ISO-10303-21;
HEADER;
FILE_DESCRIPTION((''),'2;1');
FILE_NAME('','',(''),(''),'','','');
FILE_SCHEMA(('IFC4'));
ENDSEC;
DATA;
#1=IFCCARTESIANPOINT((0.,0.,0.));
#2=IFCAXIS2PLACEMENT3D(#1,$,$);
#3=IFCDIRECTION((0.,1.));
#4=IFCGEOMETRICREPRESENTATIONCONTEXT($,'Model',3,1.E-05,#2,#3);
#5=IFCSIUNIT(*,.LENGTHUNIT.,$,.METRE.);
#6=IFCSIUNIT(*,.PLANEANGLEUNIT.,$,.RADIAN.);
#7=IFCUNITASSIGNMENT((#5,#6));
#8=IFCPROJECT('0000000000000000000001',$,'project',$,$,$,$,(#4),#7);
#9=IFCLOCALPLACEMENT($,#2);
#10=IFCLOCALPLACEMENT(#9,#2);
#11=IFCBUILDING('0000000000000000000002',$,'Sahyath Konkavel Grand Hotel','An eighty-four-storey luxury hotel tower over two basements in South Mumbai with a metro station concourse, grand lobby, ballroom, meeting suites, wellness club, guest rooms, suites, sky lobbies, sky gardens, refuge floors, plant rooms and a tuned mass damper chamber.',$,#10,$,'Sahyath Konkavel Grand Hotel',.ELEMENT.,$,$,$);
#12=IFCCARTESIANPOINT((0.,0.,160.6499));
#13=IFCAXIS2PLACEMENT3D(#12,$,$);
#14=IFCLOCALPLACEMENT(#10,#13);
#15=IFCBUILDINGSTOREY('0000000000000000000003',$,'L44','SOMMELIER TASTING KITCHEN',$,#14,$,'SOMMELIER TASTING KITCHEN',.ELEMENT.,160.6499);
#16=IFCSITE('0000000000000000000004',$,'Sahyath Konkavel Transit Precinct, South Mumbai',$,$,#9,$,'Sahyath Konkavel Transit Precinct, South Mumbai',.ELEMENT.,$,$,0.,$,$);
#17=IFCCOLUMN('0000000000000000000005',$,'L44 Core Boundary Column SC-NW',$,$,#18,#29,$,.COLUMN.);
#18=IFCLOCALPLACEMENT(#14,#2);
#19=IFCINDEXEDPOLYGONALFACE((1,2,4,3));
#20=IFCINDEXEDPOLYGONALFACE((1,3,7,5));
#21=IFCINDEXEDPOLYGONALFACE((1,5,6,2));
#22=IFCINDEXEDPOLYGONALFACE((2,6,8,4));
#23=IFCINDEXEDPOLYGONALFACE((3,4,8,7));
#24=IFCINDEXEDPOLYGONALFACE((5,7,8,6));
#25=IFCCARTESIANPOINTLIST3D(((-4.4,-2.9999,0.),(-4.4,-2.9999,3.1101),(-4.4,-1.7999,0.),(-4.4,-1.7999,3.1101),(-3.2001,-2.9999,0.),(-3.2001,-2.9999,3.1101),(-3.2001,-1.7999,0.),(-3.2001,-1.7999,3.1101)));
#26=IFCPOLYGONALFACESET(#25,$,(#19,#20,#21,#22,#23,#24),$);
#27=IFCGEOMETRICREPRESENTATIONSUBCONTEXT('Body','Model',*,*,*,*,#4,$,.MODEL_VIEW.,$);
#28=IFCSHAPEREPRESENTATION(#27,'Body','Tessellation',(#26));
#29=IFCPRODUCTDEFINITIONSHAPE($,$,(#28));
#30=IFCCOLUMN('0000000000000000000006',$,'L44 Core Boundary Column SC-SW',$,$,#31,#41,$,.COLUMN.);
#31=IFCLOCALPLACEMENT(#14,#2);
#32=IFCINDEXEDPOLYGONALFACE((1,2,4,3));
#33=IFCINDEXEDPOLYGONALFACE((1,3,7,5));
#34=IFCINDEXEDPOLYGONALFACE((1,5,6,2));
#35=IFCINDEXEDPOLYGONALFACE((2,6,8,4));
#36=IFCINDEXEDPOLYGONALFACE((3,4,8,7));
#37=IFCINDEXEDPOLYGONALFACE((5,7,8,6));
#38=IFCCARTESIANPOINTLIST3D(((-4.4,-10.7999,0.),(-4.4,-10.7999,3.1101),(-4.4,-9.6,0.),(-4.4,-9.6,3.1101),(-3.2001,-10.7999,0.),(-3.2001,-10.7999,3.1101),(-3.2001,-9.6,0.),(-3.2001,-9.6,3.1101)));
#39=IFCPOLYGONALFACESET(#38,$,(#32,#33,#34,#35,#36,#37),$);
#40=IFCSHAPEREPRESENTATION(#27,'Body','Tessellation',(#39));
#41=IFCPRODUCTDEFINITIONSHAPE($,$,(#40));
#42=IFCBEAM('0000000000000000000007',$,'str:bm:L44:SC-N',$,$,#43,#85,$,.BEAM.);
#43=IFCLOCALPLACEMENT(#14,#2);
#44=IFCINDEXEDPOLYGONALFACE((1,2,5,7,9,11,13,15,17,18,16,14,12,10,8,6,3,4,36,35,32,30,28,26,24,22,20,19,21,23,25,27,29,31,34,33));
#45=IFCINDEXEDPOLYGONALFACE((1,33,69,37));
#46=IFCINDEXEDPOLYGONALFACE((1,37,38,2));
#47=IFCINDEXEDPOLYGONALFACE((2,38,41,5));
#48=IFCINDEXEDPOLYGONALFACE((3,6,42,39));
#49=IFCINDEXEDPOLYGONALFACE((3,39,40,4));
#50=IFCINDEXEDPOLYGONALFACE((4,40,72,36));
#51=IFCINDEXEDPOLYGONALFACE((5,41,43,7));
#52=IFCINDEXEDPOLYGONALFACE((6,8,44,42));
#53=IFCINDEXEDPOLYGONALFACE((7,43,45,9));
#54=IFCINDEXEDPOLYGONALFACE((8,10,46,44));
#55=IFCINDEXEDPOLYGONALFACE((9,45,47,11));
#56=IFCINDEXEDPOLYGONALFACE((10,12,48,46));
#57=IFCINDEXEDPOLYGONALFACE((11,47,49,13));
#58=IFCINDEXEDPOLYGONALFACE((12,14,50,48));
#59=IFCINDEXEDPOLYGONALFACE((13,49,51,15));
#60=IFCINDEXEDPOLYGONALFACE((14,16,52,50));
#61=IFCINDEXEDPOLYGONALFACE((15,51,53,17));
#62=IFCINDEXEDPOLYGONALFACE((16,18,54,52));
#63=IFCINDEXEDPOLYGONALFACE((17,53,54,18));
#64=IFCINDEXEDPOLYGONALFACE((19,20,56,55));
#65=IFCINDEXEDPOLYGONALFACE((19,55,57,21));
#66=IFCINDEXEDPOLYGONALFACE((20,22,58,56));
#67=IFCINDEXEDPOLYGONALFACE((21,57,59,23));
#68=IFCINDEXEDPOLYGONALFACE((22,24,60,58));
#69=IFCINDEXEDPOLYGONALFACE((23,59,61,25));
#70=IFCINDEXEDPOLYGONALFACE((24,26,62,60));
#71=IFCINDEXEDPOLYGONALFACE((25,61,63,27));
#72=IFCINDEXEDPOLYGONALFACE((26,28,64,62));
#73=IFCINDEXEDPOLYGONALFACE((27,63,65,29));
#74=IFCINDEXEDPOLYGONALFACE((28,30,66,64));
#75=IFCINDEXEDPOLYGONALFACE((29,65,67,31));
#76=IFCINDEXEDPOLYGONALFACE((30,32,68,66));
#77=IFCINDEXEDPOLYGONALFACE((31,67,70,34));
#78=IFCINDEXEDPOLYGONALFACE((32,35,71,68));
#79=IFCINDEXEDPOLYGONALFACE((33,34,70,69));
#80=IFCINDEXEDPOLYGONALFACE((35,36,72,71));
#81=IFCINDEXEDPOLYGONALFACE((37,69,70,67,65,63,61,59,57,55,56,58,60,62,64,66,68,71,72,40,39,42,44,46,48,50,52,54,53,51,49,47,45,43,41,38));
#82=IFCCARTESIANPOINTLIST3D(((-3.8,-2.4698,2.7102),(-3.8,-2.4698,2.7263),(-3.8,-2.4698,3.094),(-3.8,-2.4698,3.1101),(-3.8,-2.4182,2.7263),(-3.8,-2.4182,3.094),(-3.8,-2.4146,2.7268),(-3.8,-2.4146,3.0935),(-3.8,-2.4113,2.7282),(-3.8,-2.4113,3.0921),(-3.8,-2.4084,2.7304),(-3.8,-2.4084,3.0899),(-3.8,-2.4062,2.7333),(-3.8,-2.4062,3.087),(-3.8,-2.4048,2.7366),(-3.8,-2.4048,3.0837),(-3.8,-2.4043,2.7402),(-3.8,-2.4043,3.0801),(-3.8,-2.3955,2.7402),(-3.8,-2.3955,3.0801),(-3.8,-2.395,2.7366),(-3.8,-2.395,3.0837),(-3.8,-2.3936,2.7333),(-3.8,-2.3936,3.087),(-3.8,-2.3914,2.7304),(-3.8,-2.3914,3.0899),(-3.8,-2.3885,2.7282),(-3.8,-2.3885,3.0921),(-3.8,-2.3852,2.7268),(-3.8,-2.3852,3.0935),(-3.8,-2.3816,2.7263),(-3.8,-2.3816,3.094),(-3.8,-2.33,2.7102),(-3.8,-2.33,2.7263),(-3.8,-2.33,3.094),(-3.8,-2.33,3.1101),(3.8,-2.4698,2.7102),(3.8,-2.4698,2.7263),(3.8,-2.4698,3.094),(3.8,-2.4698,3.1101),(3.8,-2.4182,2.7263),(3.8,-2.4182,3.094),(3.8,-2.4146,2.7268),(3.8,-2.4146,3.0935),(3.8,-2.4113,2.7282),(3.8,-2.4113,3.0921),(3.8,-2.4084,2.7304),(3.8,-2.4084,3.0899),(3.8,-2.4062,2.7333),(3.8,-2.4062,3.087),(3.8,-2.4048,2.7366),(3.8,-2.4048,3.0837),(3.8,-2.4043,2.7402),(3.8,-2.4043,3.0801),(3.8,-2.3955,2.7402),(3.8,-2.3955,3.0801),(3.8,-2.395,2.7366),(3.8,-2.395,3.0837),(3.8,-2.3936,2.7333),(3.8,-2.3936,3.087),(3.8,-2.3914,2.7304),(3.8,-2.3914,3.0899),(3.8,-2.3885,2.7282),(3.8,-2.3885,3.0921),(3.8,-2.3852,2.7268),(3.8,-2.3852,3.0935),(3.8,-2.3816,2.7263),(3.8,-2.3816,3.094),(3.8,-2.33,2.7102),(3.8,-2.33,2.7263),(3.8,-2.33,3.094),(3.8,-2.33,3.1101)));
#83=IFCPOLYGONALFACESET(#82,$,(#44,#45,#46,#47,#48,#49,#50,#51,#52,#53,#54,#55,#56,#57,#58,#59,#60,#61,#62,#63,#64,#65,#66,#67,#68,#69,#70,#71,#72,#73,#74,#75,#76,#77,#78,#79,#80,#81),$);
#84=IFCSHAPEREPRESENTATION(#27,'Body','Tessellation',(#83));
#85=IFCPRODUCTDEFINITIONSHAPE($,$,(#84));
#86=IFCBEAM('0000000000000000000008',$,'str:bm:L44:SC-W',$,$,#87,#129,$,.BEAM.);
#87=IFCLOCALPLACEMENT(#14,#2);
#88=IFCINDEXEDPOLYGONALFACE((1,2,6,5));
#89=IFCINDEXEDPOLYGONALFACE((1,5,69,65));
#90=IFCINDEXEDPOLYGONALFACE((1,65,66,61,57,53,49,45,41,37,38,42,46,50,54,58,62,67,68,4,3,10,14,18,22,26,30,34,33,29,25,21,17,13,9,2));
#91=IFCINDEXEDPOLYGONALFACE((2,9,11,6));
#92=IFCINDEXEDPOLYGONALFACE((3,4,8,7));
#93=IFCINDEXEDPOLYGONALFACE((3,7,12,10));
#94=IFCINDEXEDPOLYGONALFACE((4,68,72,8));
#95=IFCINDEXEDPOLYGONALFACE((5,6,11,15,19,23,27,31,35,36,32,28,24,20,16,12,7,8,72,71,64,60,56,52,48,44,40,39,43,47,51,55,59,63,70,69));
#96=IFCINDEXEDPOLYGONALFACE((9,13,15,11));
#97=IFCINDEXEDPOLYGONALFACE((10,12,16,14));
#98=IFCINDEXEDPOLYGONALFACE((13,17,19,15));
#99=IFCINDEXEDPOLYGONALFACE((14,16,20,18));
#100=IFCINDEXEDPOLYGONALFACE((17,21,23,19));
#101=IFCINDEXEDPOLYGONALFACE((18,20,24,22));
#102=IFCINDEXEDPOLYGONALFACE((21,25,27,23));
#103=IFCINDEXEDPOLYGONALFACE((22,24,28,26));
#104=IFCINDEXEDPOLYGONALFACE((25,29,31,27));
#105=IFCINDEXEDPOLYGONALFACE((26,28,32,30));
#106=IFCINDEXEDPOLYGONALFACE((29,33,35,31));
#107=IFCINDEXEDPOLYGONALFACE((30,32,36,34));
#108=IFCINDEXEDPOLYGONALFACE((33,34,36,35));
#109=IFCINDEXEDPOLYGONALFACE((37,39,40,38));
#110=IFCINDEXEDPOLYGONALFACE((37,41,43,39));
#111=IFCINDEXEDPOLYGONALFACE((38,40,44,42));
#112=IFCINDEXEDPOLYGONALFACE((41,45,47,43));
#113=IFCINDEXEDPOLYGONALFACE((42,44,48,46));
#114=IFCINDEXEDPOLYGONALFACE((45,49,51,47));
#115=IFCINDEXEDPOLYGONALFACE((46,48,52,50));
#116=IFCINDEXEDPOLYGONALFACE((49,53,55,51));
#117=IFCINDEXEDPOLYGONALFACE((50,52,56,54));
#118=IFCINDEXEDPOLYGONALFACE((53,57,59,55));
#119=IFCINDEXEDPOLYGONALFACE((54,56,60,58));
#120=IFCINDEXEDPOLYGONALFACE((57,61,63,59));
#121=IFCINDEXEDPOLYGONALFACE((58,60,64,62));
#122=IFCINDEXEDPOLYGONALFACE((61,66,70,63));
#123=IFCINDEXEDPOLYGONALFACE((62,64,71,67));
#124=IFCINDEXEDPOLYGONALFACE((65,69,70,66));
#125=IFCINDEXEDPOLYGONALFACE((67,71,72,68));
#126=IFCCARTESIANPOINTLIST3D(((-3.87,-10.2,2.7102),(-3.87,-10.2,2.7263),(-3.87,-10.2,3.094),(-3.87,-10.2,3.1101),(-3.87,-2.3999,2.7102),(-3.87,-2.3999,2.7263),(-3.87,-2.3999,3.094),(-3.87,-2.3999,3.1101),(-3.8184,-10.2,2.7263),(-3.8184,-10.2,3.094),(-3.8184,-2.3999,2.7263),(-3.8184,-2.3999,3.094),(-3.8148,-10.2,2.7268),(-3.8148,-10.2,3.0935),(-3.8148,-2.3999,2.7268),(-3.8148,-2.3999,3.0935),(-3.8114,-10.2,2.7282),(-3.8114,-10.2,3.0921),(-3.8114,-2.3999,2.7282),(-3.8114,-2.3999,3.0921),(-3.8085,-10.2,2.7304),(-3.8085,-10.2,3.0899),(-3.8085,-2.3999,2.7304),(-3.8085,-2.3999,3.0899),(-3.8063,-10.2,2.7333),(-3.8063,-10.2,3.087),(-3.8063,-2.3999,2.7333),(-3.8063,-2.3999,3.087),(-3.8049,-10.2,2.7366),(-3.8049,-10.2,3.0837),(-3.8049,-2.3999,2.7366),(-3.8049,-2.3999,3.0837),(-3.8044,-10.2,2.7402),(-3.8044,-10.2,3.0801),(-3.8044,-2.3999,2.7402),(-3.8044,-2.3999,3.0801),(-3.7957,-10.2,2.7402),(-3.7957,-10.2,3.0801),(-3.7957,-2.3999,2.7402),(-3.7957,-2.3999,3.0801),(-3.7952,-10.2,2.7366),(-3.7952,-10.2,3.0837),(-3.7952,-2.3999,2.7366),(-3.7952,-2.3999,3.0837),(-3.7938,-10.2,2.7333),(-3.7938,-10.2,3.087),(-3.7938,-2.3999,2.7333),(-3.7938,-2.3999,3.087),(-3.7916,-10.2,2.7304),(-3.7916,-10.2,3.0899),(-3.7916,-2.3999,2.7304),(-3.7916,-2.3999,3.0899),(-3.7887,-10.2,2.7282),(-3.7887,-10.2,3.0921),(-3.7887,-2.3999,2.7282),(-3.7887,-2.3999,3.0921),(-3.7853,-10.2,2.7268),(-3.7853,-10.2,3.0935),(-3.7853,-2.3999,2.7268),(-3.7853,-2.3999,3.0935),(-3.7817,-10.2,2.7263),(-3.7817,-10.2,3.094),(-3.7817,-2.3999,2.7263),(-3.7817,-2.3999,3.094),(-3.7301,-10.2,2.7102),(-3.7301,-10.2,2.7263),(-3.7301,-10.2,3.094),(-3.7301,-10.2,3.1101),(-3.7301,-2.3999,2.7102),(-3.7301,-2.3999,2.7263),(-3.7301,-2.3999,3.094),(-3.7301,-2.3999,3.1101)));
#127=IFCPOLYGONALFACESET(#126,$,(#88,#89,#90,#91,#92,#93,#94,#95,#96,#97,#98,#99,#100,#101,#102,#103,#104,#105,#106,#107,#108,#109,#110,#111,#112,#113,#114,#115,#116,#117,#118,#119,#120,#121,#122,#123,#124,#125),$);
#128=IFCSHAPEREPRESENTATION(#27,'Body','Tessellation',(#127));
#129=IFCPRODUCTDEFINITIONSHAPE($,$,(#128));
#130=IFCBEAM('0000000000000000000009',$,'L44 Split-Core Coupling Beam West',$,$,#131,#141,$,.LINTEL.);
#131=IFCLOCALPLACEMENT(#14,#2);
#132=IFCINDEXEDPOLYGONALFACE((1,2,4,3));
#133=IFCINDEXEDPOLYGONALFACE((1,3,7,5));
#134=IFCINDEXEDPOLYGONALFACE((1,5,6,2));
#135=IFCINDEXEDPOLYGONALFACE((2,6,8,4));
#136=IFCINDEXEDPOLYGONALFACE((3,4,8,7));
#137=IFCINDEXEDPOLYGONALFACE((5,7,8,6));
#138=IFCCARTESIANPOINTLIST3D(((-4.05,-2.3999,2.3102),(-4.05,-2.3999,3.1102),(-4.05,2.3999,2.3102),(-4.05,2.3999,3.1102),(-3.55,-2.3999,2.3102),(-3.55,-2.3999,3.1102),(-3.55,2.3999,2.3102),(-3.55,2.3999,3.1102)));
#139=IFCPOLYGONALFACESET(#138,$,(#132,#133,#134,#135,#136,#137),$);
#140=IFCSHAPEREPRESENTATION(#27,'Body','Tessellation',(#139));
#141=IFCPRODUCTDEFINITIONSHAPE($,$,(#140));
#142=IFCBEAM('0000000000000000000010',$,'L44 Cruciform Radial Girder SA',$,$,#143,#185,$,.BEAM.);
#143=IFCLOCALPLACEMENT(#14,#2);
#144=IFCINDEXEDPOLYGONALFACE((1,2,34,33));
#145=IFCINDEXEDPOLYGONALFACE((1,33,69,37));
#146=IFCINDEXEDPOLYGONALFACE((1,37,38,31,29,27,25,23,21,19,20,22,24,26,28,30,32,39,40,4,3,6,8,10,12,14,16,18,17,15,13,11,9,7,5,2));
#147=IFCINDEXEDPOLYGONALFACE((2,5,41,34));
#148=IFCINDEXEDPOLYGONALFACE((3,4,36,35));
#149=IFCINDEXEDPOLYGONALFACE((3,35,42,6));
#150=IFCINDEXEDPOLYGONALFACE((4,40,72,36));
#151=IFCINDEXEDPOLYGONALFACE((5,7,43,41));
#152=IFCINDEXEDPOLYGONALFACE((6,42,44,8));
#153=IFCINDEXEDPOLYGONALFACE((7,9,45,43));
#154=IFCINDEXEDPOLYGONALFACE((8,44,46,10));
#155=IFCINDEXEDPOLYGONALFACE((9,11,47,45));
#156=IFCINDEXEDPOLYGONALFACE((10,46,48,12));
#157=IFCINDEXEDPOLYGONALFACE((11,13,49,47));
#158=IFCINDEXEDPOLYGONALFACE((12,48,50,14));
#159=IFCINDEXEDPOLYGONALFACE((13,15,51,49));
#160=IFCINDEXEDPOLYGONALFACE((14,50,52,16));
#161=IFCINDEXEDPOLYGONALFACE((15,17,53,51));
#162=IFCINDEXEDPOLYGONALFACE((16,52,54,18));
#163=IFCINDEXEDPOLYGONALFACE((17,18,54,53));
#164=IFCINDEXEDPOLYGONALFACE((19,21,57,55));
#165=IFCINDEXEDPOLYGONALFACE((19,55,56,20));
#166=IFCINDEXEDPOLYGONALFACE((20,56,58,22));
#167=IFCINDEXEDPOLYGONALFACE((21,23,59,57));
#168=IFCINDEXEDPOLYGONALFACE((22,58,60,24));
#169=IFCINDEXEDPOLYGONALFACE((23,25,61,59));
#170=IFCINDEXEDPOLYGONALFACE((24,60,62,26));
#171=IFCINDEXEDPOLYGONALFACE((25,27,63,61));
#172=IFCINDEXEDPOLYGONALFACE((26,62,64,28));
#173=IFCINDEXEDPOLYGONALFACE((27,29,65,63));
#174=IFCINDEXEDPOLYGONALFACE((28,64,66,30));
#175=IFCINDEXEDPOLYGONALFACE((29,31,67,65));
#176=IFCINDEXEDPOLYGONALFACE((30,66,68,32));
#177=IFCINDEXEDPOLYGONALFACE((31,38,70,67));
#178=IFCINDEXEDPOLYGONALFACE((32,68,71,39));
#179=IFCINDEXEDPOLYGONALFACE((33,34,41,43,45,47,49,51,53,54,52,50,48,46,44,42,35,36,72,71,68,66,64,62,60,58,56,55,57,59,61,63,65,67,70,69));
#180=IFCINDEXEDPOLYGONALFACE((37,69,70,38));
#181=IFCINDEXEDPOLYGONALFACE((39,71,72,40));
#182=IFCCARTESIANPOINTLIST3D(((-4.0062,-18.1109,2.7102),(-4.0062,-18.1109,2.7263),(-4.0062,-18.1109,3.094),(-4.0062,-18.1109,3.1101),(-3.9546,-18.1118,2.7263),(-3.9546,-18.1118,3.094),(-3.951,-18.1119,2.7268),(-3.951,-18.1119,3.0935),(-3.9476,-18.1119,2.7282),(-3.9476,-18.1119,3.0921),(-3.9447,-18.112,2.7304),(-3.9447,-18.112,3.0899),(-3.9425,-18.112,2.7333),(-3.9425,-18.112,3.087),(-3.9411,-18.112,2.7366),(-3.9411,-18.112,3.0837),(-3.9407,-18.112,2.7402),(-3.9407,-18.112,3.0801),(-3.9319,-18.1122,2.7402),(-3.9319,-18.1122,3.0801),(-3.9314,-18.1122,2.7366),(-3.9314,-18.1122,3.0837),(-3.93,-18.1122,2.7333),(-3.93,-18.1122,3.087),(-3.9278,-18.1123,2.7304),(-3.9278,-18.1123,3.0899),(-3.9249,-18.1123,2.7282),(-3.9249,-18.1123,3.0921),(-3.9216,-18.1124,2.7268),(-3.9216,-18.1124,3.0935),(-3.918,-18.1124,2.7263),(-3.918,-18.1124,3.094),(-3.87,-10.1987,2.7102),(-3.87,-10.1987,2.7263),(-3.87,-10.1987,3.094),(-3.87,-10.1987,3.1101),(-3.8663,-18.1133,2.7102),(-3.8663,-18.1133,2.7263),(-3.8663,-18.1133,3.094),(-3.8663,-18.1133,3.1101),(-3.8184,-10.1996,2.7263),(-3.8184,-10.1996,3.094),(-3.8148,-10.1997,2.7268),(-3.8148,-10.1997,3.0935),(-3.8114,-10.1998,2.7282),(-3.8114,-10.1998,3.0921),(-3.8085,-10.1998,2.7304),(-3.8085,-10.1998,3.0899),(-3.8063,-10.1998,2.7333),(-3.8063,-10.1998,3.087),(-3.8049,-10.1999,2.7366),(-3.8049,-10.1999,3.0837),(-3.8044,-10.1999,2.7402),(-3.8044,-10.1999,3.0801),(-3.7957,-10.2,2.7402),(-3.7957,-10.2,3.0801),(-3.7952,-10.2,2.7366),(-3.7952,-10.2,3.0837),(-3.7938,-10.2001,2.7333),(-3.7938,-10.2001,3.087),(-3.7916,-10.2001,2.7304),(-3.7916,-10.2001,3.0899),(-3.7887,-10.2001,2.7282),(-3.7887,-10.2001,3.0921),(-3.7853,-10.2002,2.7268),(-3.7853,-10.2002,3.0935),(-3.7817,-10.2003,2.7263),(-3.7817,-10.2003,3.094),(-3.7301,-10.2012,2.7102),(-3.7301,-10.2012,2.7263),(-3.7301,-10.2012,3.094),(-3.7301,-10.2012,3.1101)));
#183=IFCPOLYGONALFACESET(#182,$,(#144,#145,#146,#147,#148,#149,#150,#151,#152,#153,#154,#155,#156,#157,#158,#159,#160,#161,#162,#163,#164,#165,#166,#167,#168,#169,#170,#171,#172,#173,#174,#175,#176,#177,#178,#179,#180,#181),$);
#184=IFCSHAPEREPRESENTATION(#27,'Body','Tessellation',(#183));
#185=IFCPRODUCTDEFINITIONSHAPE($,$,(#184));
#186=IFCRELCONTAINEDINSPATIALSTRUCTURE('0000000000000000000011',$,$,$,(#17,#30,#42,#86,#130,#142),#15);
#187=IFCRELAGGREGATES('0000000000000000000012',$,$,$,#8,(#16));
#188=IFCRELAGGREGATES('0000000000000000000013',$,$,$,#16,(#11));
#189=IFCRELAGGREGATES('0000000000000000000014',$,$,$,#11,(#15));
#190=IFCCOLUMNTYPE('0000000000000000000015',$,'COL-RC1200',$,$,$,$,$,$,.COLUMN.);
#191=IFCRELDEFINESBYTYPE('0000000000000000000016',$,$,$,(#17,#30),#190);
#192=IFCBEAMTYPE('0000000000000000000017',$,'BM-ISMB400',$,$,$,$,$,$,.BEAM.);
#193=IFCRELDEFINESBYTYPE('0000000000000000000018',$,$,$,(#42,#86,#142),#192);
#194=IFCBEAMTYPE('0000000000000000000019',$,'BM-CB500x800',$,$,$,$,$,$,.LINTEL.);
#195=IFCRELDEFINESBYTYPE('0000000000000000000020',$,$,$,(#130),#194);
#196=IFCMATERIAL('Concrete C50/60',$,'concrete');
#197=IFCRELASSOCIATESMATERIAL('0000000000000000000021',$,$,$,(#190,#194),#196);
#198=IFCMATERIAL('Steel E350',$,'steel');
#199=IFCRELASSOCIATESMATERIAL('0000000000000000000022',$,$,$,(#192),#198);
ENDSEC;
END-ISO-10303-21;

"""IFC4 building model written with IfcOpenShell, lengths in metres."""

from ifc_helpers import new_model, si_unit, direction, frame, origin, origin_2d, place, context, subcontext, project, spatial, rectangle, i_section, extrude, source, transform, mapped, material, material_profile, profile_set, type_object, element, save


model = new_model("IFC4")

# Units and contexts
model_context = context("Model", 3, precision=1e-05, world=origin(), true_north=direction((0.0, 1.0)))
body_context = subcontext(model_context, "Body", "Model", "MODEL_VIEW")
ifc_project = project(units=[si_unit("LENGTHUNIT", "METRE"), si_unit("PLANEANGLEUNIT", "RADIAN")], contexts=[model_context])

# Site, building, storey
site_placement = place(None, origin())
site = spatial("IfcSite", under=ifc_project, at=site_placement, Name="Sahyath Konkavel Transit Precinct, South Mumbai", LongName="Sahyath Konkavel Transit Precinct, South Mumbai", CompositionType="ELEMENT", RefElevation=0.0)
building_placement = place(site_placement, origin())
building = spatial("IfcBuilding", under=site, at=building_placement, Name="Sahyath Konkavel Grand Hotel", Description="An eighty-four-storey luxury hotel tower over two basements in South Mumbai with a metro station concourse, grand lobby, ballroom, meeting suites, wellness club, guest rooms, suites, sky lobbies, sky gardens, refuge floors, plant rooms and a tuned mass damper chamber.", LongName="Sahyath Konkavel Grand Hotel", CompositionType="ELEMENT")
storey_placement = place(building_placement, frame((0.0, 0.0, 160.6499)))
storey = spatial("IfcBuildingStorey", under=building, at=storey_placement, Name="L44", Description="SOMMELIER TASTING KITCHEN", LongName="SOMMELIER TASTING KITCHEN", CompositionType="ELEMENT", Elevation=160.6499)

# Columns
ifc_material_1 = material(Name="Concrete C50/60", Category="concrete")
ifc_material_profile_1 = material_profile(ifc_material_1, rectangle(XDim=1.2, YDim=1.2, at=origin_2d()), Name="RC 1200x1200")
ifc_profile_set_1 = profile_set([ifc_material_profile_1], Name="Concrete C50/60")
column_type = type_object("IfcColumnType", Name="COL-RC1200", PredefinedType="COLUMN", material=ifc_profile_set_1)
shared_shape_1 = source(origin(), body_context, "Body", "SweptSolid", [
    extrude(rectangle(XDim=1.2, YDim=1.2, at=origin_2d()), origin(), (0.0, 0.0, 1.0), 3.1101),
])
for number, where, z_axis, x_axis, name in (
    (1, (-3.8, -2.3999, 0.0), (0.0, 0.0, 1.0), (1.0, 0.0, 0.0), "L44 Core Boundary Column SC-NW"),
    (2, (-3.8, -10.2, 0.0), (0.0, 0.0, 1.0), (1.0, 0.0, 0.0), "L44 Core Boundary Column SC-SW"),
):
    element("IfcColumn", number, at=place(storey_placement, frame(where, z_axis=z_axis, x_axis=x_axis)), inside=storey, type_object=column_type, Name=name, PredefinedType="COLUMN", context=body_context, shape_type="MappedRepresentation", body=[
        mapped(shared_shape_1, transform((0.0, 0.0, 0.0), scale=1.0)),
    ])

# Beams
ifc_material_2 = material(Name="Steel E350", Category="steel")
ifc_material_profile_2 = material_profile(ifc_material_2, i_section(OverallWidth=0.1399, OverallDepth=0.3999, WebThickness=0.0088, FlangeThickness=0.0161, FilletRadius=0.0139, at=origin_2d()), Name="ISMB 400")
ifc_profile_set_2 = profile_set([ifc_material_profile_2], Name="Steel E350")
beam_type_1 = type_object("IfcBeamType", Name="BM-ISMB400", PredefinedType="BEAM", material=ifc_profile_set_2)
shared_shape_2 = source(origin(), body_context, "Body", "SweptSolid", [
    extrude(i_section(OverallWidth=0.1399, OverallDepth=0.3999, WebThickness=0.0088, FlangeThickness=0.0161, FilletRadius=0.0139, at=origin_2d()), origin(), (0.0, 0.0, 1.0), 7.6001),
])
beam_1_placement = place(storey_placement, frame((-3.8, -2.3999, 2.9102), z_axis=(1.0, 0.0, 0.0), x_axis=(0.0, 1.0, 0.0)))
element("IfcBeam", 3, at=beam_1_placement, inside=storey, type_object=beam_type_1, Name="str:bm:L44:SC-N", PredefinedType="BEAM", context=body_context, shape_type="MappedRepresentation", body=[
    mapped(shared_shape_2, transform((0.0, 0.0, 0.0), scale=1.0)),
])
shared_shape_3 = source(origin(), body_context, "Body", "SweptSolid", [
    extrude(i_section(OverallWidth=0.1399, OverallDepth=0.3999, WebThickness=0.0088, FlangeThickness=0.0161, FilletRadius=0.0139, at=origin_2d()), origin(), (0.0, 0.0, 1.0), 7.8),
])
beam_2_placement = place(storey_placement, frame((-3.8, -10.2, 2.9102), z_axis=(0.0, 1.0, 0.0), x_axis=(-1.0, 0.0, 0.0)))
element("IfcBeam", 4, at=beam_2_placement, inside=storey, type_object=beam_type_1, Name="str:bm:L44:SC-W", PredefinedType="BEAM", context=body_context, shape_type="MappedRepresentation", body=[
    mapped(shared_shape_3, transform((0.0, 0.0, 0.0), scale=1.0)),
])
ifc_material_profile_3 = material_profile(ifc_material_1, rectangle(XDim=0.5, YDim=0.8, at=origin_2d()), Name="RC 500x800")
ifc_profile_set_3 = profile_set([ifc_material_profile_3], Name="Concrete C50/60")
beam_type_2 = type_object("IfcBeamType", Name="BM-CB500x800", PredefinedType="LINTEL", material=ifc_profile_set_3)
shared_shape_4 = source(origin(), body_context, "Body", "SweptSolid", [
    extrude(rectangle(XDim=0.5, YDim=0.8, at=origin_2d()), origin(), (0.0, 0.0, 1.0), 4.7998),
])
beam_3_placement = place(storey_placement, frame((-3.8, -2.3999, 2.7102), z_axis=(0.0, 1.0, 0.0), x_axis=(-1.0, 0.0, 0.0)))
element("IfcBeam", 5, at=beam_3_placement, inside=storey, type_object=beam_type_2, Name="L44 Split-Core Coupling Beam West", PredefinedType="LINTEL", context=body_context, shape_type="MappedRepresentation", body=[
    mapped(shared_shape_4, transform((0.0, 0.0, 0.0), scale=1.0)),
])
shared_shape_5 = source(origin(), body_context, "Body", "SweptSolid", [
    extrude(i_section(OverallWidth=0.1399, OverallDepth=0.3999, WebThickness=0.0088, FlangeThickness=0.0161, FilletRadius=0.0139, at=origin_2d()), origin(), (0.0, 0.0, 1.0), 7.9133),
])
beam_4_placement = place(storey_placement, frame((-3.8, -10.2, 2.9102), z_axis=(-0.017215, -0.999852, 0.0), x_axis=(0.999852, -0.017215, 0.0)))
element("IfcBeam", 6, at=beam_4_placement, inside=storey, type_object=beam_type_1, Name="L44 Cruciform Radial Girder SA", PredefinedType="BEAM", context=body_context, shape_type="MappedRepresentation", body=[
    mapped(shared_shape_5, transform((0.0, 0.0, 0.0), scale=1.0)),
])

save(model, "model.ifc")
